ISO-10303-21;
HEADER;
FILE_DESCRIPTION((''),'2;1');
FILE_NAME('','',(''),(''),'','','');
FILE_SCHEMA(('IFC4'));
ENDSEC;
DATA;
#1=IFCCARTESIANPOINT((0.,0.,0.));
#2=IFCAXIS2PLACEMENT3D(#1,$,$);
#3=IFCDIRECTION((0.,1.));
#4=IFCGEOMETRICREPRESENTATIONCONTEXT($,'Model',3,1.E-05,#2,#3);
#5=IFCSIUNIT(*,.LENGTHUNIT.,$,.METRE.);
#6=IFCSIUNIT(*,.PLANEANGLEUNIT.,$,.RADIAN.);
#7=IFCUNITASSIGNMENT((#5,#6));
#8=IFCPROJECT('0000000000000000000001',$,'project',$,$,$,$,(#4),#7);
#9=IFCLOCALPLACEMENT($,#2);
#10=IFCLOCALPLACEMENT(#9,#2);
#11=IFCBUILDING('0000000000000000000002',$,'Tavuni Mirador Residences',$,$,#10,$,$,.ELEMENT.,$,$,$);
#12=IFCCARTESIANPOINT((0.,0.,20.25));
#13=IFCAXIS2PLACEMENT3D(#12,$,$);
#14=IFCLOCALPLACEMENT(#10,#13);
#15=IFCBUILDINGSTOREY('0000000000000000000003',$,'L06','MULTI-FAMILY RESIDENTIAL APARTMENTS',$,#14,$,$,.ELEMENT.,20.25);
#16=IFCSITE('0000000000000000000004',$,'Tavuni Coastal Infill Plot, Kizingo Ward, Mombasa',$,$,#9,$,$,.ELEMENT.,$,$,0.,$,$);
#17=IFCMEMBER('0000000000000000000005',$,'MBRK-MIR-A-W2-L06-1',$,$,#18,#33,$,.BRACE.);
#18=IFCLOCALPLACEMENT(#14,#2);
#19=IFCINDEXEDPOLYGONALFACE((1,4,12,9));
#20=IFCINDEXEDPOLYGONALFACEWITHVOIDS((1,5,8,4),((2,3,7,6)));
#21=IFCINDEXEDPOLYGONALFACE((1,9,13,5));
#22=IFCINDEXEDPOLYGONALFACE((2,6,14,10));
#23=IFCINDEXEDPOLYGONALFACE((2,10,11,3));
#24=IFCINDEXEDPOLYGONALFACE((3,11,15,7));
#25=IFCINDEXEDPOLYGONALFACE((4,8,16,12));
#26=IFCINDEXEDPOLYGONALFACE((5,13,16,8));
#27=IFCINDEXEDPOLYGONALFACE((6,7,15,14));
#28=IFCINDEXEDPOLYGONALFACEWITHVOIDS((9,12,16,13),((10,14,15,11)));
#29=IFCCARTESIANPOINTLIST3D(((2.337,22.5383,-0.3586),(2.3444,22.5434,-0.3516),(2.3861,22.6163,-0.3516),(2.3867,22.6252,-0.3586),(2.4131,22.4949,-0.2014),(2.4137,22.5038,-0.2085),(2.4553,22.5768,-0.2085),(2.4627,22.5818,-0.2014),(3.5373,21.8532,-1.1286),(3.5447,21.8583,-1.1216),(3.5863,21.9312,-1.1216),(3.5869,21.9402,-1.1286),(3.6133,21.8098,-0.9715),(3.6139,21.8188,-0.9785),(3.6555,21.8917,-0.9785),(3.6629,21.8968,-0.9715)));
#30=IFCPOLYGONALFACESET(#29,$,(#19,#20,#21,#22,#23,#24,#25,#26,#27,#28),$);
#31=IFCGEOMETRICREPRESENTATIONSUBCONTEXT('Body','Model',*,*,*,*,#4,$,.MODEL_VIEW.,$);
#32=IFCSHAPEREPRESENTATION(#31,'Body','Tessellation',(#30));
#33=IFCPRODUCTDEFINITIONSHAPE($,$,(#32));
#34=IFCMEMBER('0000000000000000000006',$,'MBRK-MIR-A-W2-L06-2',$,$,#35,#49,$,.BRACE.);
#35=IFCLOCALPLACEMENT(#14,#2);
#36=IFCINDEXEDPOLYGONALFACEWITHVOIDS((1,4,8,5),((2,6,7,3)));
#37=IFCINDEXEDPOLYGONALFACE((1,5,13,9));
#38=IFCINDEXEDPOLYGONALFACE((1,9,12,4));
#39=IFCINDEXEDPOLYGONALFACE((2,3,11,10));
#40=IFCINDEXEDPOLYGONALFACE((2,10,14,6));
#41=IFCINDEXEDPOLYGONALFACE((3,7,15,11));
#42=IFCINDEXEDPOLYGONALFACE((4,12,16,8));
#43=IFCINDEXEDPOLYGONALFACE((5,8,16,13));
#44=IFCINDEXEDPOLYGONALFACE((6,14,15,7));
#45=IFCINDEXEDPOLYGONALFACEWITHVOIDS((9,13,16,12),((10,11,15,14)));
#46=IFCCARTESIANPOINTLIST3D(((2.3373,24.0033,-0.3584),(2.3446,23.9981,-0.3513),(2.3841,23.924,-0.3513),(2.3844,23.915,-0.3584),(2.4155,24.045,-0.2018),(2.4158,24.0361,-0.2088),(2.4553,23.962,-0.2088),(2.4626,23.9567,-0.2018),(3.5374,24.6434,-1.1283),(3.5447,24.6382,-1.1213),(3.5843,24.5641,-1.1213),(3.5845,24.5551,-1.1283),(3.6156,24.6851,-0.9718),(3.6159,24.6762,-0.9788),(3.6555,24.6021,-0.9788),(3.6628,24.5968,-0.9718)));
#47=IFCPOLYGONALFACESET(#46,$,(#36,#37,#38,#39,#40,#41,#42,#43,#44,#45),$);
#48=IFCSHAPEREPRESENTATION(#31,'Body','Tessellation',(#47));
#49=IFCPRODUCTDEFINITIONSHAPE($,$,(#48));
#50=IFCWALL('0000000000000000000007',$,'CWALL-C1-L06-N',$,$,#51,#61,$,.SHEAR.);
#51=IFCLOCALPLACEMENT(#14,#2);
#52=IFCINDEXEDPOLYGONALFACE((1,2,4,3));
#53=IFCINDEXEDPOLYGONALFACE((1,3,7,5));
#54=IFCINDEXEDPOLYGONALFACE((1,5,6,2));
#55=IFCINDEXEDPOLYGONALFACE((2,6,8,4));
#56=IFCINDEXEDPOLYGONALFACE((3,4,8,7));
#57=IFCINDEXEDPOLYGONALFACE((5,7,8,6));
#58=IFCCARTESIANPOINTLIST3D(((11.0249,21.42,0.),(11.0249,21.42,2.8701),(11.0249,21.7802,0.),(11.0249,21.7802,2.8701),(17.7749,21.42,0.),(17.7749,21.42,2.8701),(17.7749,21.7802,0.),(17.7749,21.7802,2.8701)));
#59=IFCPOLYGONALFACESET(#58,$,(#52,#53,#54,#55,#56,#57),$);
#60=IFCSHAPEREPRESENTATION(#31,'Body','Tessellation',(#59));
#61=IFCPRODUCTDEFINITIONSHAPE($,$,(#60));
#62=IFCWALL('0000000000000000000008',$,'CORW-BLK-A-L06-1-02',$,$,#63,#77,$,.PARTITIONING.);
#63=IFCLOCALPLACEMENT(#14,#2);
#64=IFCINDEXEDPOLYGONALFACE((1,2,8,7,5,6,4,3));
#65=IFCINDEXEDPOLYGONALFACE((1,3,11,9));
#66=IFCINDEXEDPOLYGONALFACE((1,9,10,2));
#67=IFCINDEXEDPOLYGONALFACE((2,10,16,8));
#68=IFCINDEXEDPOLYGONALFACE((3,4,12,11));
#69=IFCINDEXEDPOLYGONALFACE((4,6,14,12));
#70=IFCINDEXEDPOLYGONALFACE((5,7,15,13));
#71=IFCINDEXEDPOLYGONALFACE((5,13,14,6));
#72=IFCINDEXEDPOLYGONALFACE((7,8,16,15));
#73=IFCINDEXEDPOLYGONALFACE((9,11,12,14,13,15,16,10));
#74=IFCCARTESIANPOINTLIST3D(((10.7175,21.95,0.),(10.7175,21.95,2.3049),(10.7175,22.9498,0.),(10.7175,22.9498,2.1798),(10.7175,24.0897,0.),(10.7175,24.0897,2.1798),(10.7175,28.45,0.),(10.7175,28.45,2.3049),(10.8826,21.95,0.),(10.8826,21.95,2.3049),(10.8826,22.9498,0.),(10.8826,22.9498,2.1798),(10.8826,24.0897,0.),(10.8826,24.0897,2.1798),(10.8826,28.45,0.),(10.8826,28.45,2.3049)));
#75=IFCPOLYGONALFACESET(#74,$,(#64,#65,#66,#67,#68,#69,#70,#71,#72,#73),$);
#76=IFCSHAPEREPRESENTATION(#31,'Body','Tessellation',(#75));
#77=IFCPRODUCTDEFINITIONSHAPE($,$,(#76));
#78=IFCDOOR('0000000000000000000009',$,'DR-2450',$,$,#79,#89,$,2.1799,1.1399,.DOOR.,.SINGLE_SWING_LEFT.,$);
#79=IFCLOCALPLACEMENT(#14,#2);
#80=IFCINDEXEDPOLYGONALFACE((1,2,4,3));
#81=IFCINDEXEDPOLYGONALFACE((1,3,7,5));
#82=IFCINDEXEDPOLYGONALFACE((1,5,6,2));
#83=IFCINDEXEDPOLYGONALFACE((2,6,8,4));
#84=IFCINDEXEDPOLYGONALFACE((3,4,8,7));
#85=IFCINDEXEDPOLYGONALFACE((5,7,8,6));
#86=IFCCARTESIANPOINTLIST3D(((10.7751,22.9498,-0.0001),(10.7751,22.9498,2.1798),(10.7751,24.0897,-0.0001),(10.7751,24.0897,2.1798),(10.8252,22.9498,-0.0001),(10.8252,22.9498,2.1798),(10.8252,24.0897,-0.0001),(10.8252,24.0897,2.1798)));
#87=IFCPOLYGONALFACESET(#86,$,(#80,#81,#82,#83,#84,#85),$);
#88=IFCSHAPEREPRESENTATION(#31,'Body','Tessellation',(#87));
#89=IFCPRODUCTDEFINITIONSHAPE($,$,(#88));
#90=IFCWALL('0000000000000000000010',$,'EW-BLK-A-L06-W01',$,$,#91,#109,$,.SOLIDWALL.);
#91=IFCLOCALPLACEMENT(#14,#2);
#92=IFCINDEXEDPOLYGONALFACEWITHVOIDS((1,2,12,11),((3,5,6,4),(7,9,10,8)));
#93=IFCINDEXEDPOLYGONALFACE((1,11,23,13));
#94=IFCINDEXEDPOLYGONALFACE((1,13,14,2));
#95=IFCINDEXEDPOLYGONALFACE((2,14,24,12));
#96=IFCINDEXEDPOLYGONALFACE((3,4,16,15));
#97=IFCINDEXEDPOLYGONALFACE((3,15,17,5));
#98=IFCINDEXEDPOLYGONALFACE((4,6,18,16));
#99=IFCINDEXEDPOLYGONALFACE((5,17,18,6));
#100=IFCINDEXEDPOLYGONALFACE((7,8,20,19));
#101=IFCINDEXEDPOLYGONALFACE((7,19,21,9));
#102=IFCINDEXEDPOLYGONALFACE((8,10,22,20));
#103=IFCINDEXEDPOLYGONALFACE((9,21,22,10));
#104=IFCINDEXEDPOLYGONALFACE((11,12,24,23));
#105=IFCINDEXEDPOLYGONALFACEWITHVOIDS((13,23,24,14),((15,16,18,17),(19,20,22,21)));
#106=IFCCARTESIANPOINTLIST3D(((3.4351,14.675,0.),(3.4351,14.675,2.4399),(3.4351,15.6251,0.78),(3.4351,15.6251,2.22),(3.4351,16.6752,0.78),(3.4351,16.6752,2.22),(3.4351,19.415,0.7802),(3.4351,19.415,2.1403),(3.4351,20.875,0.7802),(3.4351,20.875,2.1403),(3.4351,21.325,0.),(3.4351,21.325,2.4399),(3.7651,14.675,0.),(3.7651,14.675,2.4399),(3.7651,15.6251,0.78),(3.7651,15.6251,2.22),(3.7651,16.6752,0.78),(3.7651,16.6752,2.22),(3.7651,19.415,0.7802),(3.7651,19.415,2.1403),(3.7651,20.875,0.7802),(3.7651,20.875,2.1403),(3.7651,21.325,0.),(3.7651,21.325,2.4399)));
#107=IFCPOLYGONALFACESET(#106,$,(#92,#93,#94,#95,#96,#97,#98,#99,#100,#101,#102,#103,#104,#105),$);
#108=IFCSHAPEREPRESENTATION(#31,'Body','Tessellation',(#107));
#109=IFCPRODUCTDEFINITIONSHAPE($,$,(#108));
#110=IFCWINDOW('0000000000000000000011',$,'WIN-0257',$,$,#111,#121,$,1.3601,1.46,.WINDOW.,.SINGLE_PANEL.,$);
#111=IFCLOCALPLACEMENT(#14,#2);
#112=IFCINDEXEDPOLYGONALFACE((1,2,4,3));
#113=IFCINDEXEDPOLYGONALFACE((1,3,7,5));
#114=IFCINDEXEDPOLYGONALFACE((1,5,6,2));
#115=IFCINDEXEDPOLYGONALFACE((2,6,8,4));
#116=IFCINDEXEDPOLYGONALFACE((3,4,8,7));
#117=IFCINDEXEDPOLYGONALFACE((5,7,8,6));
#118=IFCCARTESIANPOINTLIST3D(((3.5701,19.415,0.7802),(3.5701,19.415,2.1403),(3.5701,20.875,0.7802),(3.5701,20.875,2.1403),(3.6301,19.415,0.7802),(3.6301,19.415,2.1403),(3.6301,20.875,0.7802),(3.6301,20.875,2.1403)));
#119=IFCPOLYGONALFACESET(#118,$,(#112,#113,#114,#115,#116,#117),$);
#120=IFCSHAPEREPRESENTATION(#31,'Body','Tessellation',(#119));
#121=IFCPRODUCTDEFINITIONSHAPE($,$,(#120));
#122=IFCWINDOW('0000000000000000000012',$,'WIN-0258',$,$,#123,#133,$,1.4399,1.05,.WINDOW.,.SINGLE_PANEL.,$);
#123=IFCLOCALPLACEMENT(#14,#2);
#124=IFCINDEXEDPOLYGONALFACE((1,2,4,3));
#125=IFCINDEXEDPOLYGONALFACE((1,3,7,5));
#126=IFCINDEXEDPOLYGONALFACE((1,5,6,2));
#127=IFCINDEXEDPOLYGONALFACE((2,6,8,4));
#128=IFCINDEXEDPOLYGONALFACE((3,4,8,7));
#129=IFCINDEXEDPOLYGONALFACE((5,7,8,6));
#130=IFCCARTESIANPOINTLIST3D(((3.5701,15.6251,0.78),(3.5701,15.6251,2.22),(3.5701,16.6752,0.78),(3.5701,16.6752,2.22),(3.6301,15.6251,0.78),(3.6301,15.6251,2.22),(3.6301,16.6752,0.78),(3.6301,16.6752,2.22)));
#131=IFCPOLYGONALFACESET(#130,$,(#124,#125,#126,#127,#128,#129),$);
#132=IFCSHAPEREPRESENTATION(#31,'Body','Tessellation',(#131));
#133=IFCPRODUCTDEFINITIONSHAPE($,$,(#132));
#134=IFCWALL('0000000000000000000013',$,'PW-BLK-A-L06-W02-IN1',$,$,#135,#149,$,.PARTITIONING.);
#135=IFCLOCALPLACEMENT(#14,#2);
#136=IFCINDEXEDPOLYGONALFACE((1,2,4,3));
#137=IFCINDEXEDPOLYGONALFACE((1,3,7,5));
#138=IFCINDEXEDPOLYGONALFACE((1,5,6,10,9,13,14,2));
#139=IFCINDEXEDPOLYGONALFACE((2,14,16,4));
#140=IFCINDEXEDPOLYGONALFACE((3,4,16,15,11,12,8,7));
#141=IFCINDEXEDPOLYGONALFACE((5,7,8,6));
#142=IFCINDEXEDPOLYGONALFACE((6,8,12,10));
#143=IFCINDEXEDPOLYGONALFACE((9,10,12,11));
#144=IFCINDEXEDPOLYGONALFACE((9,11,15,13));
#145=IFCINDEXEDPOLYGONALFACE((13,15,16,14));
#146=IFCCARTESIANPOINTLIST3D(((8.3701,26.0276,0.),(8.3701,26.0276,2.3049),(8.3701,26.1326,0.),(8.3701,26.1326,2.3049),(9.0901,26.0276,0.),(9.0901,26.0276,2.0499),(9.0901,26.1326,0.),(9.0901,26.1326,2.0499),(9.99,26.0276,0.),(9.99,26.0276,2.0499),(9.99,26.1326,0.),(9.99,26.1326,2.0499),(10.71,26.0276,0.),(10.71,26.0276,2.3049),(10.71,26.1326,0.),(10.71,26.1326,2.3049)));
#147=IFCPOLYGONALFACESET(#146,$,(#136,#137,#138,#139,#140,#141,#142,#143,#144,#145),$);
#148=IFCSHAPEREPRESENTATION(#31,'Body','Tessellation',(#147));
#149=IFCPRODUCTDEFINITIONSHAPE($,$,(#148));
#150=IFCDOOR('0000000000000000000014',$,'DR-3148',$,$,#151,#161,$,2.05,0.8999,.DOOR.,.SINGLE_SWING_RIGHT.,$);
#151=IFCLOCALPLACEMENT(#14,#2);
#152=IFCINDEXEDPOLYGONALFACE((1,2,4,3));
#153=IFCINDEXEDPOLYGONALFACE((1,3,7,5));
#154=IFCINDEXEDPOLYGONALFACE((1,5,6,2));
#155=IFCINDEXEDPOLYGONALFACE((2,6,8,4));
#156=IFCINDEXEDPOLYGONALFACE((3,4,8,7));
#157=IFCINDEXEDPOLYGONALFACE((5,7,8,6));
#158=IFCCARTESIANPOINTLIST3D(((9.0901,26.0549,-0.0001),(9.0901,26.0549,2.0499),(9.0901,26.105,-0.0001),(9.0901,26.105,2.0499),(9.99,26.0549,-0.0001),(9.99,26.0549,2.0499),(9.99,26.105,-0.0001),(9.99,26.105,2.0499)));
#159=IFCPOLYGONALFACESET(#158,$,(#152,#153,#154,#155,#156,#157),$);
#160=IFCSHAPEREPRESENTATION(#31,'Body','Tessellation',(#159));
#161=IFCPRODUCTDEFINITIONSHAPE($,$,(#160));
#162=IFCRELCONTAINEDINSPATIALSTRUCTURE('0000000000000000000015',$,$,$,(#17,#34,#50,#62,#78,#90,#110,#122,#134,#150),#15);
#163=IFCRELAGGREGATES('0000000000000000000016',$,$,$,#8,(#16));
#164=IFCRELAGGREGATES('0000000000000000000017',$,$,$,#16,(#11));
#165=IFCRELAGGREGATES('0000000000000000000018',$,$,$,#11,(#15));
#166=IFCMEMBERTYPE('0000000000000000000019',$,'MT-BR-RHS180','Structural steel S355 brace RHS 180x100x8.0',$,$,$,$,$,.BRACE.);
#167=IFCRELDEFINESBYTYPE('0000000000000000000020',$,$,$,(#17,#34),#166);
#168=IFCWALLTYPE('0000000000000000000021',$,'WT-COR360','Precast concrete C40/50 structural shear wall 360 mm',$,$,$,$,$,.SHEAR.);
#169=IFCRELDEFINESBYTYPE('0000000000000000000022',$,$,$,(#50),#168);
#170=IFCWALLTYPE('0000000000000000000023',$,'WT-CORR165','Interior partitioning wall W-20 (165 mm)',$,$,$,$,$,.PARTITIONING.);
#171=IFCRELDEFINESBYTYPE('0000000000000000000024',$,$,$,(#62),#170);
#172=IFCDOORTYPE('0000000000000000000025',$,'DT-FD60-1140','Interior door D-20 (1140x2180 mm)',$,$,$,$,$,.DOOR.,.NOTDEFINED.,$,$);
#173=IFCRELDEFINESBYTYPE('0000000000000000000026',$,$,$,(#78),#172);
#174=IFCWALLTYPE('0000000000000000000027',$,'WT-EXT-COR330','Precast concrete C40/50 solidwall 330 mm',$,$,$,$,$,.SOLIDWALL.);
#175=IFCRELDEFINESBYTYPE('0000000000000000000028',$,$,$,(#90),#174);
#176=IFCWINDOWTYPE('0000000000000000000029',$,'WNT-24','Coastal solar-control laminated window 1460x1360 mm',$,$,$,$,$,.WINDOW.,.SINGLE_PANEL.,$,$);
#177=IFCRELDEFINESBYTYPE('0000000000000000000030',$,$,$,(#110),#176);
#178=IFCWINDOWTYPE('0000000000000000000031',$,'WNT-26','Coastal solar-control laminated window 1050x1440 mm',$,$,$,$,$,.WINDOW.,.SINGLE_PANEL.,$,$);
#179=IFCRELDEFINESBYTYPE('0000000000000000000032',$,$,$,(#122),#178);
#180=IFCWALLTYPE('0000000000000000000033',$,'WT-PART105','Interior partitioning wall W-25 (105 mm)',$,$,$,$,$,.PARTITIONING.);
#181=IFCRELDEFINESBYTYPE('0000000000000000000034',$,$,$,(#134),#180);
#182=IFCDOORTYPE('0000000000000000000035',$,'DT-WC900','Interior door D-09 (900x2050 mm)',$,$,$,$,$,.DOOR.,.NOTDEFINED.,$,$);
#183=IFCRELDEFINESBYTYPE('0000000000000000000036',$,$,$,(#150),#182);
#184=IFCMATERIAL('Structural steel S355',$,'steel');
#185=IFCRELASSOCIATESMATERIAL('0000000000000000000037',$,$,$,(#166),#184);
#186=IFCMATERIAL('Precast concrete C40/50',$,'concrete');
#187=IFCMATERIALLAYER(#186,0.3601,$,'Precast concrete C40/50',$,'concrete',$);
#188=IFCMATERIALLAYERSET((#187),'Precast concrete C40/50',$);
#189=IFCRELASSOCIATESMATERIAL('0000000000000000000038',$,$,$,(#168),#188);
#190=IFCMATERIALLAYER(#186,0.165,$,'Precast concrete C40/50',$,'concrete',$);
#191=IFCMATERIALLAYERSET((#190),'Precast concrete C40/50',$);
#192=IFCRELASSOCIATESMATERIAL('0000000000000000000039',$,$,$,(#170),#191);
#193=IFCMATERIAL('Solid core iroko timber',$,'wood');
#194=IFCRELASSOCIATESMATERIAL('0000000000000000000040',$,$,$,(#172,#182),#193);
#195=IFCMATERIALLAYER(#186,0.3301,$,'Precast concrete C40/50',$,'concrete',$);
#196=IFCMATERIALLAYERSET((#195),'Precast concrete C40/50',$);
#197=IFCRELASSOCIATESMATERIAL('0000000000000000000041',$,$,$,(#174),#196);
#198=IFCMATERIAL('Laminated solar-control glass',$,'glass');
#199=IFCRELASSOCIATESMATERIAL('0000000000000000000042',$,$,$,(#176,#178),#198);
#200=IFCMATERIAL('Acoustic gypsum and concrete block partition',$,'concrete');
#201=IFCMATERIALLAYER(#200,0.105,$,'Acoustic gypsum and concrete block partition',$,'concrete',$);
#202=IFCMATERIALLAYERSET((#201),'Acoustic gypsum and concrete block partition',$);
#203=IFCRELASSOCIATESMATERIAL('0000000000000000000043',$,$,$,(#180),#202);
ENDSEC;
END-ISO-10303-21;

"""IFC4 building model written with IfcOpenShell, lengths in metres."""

from ifc_helpers import new_model, si_unit, direction, frame, frame_2d, origin, origin_2d, place, context, subcontext, project, spatial, rectangle, hollow_rectangle, extrude, material, layer, layer_set, material_profile, profile_set, type_object, element, fill, save


model = new_model("IFC4")

# Units and contexts
model_context = context("Model", 3, precision=1e-05, world=origin(), true_north=direction((0.0, 1.0)))
body_context = subcontext(model_context, "Body", "Model", "MODEL_VIEW")
ifc_project = project(units=[si_unit("LENGTHUNIT", "METRE"), si_unit("PLANEANGLEUNIT", "RADIAN")], contexts=[model_context])

# Site, building, storey
site_placement = place(None, origin())
site = spatial("IfcSite", under=ifc_project, at=site_placement, Name="Tavuni Coastal Infill Plot, Kizingo Ward, Mombasa", CompositionType="ELEMENT", RefElevation=0.0)
building_placement = place(site_placement, origin())
building = spatial("IfcBuilding", under=site, at=building_placement, Name="Tavuni Mirador Residences", CompositionType="ELEMENT")
storey_placement = place(building_placement, frame((0.0, 0.0, 20.25)))
storey = spatial("IfcBuildingStorey", under=building, at=storey_placement, Name="L06", Description="MULTI-FAMILY RESIDENTIAL APARTMENTS", CompositionType="ELEMENT", Elevation=20.25)

# Shared definitions
ifc_material_1 = material(Name="Precast concrete C40/50", Category="concrete")

# Members
ifc_material_2 = material(Name="Structural steel S355", Category="steel")
ifc_material_profile_1 = material_profile(ifc_material_2, hollow_rectangle(XDim=0.1001, YDim=0.1799, WallThickness=0.0081, at=origin_2d()), Name="RHS 180x100x8.0", Category="steel")
ifc_profile_set_1 = profile_set([ifc_material_profile_1], Name="Structural steel S355")
member_type_1 = type_object("IfcMemberType", Name="MT-BR-RHS180", Description="Structural steel S355 brace RHS 180x100x8.0", PredefinedType="BRACE", material=ifc_profile_set_1)
member_1_placement = place(storey_placement, frame((3.6001, 21.875, -1.05), z_axis=(-0.75866, 0.433035, 0.48674), x_axis=(-0.49572, -0.868482, 0.0)))
element("IfcMember", 1, at=member_1_placement, inside=storey, type_object=member_type_1, Name="MBRK-MIR-A-W2-L06-1", PredefinedType="BRACE", context=body_context, shape_type="SweptSolid", body=[
    extrude(hollow_rectangle(XDim=0.1001, YDim=0.1799, WallThickness=0.0081, at=origin_2d()), origin(), (0.0, 0.0, 1.0), 1.582),
])
member_2_placement = place(storey_placement, frame((3.6001, 24.6201, -1.05), z_axis=(-0.767847, -0.409539, 0.492634), x_axis=(0.470607, -0.882343, 0.0)))
element("IfcMember", 2, at=member_2_placement, inside=storey, type_object=member_type_1, Name="MBRK-MIR-A-W2-L06-2", PredefinedType="BRACE", context=body_context, shape_type="SweptSolid", body=[
    extrude(hollow_rectangle(XDim=0.1001, YDim=0.1799, WallThickness=0.0081, at=origin_2d()), origin(), (0.0, 0.0, 1.0), 1.563),
])

# Wall
ifc_layer_1 = layer(ifc_material_1, 0.3601, Name="Precast concrete C40/50", Category="concrete")
ifc_layer_set_1 = layer_set([ifc_layer_1], Name="Precast concrete C40/50")
wall_type_1 = type_object("IfcWallType", Name="WT-COR360", Description="Precast concrete C40/50 structural shear wall 360 mm", PredefinedType="SHEAR", material=ifc_layer_set_1)
wall_1_placement = place(storey_placement, frame((11.0249, 21.6001, 0.0), z_axis=(0.0, 0.0, 1.0), x_axis=(1.0, 0.0, 0.0)))
element("IfcWall", 3, at=wall_1_placement, inside=storey, type_object=wall_type_1, Name="CWALL-C1-L06-N", PredefinedType="SHEAR", context=body_context, shape_type="SweptSolid", body=[
    extrude(rectangle(XDim=6.75, YDim=0.3601, at=frame_2d((3.375, 0.0))), origin(), (0.0, 0.0, 1.0), 2.8701),
])

# Wall, opening, door
ifc_layer_2 = layer(ifc_material_1, 0.165, Name="Precast concrete C40/50", Category="concrete")
ifc_layer_set_2 = layer_set([ifc_layer_2], Name="Precast concrete C40/50")
wall_type_2 = type_object("IfcWallType", Name="WT-CORR165", Description="Interior partitioning wall W-20 (165 mm)", PredefinedType="PARTITIONING", material=ifc_layer_set_2)
wall_2_placement = place(storey_placement, frame((10.8, 21.95, 0.0), z_axis=(0.0, 0.0, 1.0), x_axis=(0.0, 1.0, 0.0)))
wall_2 = element("IfcWall", 4, at=wall_2_placement, inside=storey, type_object=wall_type_2, Name="CORW-BLK-A-L06-1-02", PredefinedType="PARTITIONING", context=body_context, shape_type="SweptSolid", body=[
    extrude(rectangle(XDim=6.5, YDim=0.165, at=frame_2d((3.25, 0.0))), origin(), (0.0, 0.0, 1.0), 2.3049),
])
opening_1_placement = place(wall_2_placement, frame((1.0, 0.0, 0.0)))
opening_1 = element("IfcOpeningElement", 5, at=opening_1_placement, cuts=wall_2, PredefinedType="OPENING", context=body_context, shape_type="SweptSolid", body=[
    extrude(rectangle(XDim=1.1399, YDim=2.1799, at=frame_2d((0.5698, 1.0898))), frame((0.0, 0.0925, 0.0), z_axis=(0.0, -1.0, 0.0), x_axis=(1.0, 0.0, 0.0)), (0.0, 0.0, 1.0), 0.1851),
])
ifc_material_3 = material(Name="Solid core iroko timber", Category="wood")
door_type_1 = type_object("IfcDoorType", Name="DT-FD60-1140", Description="Interior door D-20 (1140x2180 mm)", OperationType="NOTDEFINED", PredefinedType="DOOR", material=ifc_material_3)
door_1_placement = place(opening_1_placement, origin())
door_1 = element("IfcDoor", 6, at=door_1_placement, inside=storey, type_object=door_type_1, Name="DR-2450", OperationType="SINGLE_SWING_LEFT", OverallHeight=2.1799, OverallWidth=1.1399, PredefinedType="DOOR", context=body_context, shape_type="SweptSolid", body=[
    extrude(rectangle(XDim=1.1399, YDim=2.1799, at=frame_2d((0.5698, 1.0898))), frame((0.0, 0.0249, 0.0), z_axis=(0.0, -1.0, 0.0), x_axis=(1.0, 0.0, 0.0)), (0.0, 0.0, 1.0), 0.05),
])
fill(opening_1, door_1)

# Wall, openings, windows
ifc_layer_3 = layer(ifc_material_1, 0.3301, Name="Precast concrete C40/50", Category="concrete")
ifc_layer_set_3 = layer_set([ifc_layer_3], Name="Precast concrete C40/50")
wall_type_3 = type_object("IfcWallType", Name="WT-EXT-COR330", Description="Precast concrete C40/50 solidwall 330 mm", PredefinedType="SOLIDWALL", material=ifc_layer_set_3)
wall_3_placement = place(storey_placement, frame((3.6001, 21.325, 0.0), z_axis=(0.0, 0.0, 1.0), x_axis=(0.0, -1.0, 0.0)))
wall_3 = element("IfcWall", 7, at=wall_3_placement, inside=storey, type_object=wall_type_3, Name="EW-BLK-A-L06-W01", PredefinedType="SOLIDWALL", context=body_context, shape_type="SweptSolid", body=[
    extrude(rectangle(XDim=6.6499, YDim=0.3301, at=frame_2d((3.325, 0.0))), origin(), (0.0, 0.0, 1.0), 2.4399),
])
opening_2_placement = place(wall_3_placement, frame((0.45, 0.0, 0.78)))
opening_2 = element("IfcOpeningElement", 8, at=opening_2_placement, cuts=wall_3, PredefinedType="OPENING", context=body_context, shape_type="SweptSolid", body=[
    extrude(rectangle(XDim=1.46, YDim=1.3601, at=frame_2d((0.73, 0.6802))), frame((0.0, 0.175, 0.0), z_axis=(0.0, -1.0, 0.0), x_axis=(1.0, 0.0, 0.0)), (0.0, 0.0, 1.0), 0.3501),
])
opening_3_placement = place(wall_3_placement, frame((4.6499, 0.0, 0.78)))
opening_3 = element("IfcOpeningElement", 9, at=opening_3_placement, cuts=wall_3, PredefinedType="OPENING", context=body_context, shape_type="SweptSolid", body=[
    extrude(rectangle(XDim=1.05, YDim=1.4399, at=frame_2d((0.5249, 0.72))), frame((0.0, 0.175, 0.0), z_axis=(0.0, -1.0, 0.0), x_axis=(1.0, 0.0, 0.0)), (0.0, 0.0, 1.0), 0.3501),
])
ifc_material_4 = material(Name="Laminated solar-control glass", Category="glass")
window_type_1 = type_object("IfcWindowType", Name="WNT-24", Description="Coastal solar-control laminated window 1460x1360 mm", PartitioningType="SINGLE_PANEL", PredefinedType="WINDOW", material=ifc_material_4)
window_1_placement = place(opening_2_placement, origin())
window_1 = element("IfcWindow", 10, at=window_1_placement, inside=storey, type_object=window_type_1, Name="WIN-0257", OverallHeight=1.3601, OverallWidth=1.46, PartitioningType="SINGLE_PANEL", PredefinedType="WINDOW", context=body_context, shape_type="SweptSolid", body=[
    extrude(rectangle(XDim=1.46, YDim=1.3601, at=frame_2d((0.73, 0.6802))), frame((0.0, 0.03, 0.0), z_axis=(0.0, -1.0, 0.0), x_axis=(1.0, 0.0, 0.0)), (0.0, 0.0, 1.0), 0.0601),
])
fill(opening_2, window_1)
window_type_2 = type_object("IfcWindowType", Name="WNT-26", Description="Coastal solar-control laminated window 1050x1440 mm", PartitioningType="SINGLE_PANEL", PredefinedType="WINDOW", material=ifc_material_4)
window_2_placement = place(opening_3_placement, origin())
window_2 = element("IfcWindow", 11, at=window_2_placement, inside=storey, type_object=window_type_2, Name="WIN-0258", OverallHeight=1.4399, OverallWidth=1.05, PartitioningType="SINGLE_PANEL", PredefinedType="WINDOW", context=body_context, shape_type="SweptSolid", body=[
    extrude(rectangle(XDim=1.05, YDim=1.4399, at=frame_2d((0.5249, 0.72))), frame((0.0, 0.03, 0.0), z_axis=(0.0, -1.0, 0.0), x_axis=(1.0, 0.0, 0.0)), (0.0, 0.0, 1.0), 0.0601),
])
fill(opening_3, window_2)

# Wall, opening, door
ifc_material_5 = material(Name="Acoustic gypsum and concrete block partition", Category="concrete")
ifc_layer_4 = layer(ifc_material_5, 0.105, Name="Acoustic gypsum and concrete block partition", Category="concrete")
ifc_layer_set_4 = layer_set([ifc_layer_4], Name="Acoustic gypsum and concrete block partition")
wall_type_4 = type_object("IfcWallType", Name="WT-PART105", Description="Interior partitioning wall W-25 (105 mm)", PredefinedType="PARTITIONING", material=ifc_layer_set_4)
wall_4_placement = place(storey_placement, frame((8.3701, 26.0801, 0.0), z_axis=(0.0, 0.0, 1.0), x_axis=(1.0, 0.0, 0.0)))
wall_4 = element("IfcWall", 12, at=wall_4_placement, inside=storey, type_object=wall_type_4, Name="PW-BLK-A-L06-W02-IN1", PredefinedType="PARTITIONING", context=body_context, shape_type="SweptSolid", body=[
    extrude(rectangle(XDim=2.3398, YDim=0.105, at=frame_2d((1.1699, 0.0))), origin(), (0.0, 0.0, 1.0), 2.3049),
])
opening_4_placement = place(wall_4_placement, frame((0.72, 0.0, 0.0)))
opening_4 = element("IfcOpeningElement", 13, at=opening_4_placement, cuts=wall_4, PredefinedType="OPENING", context=body_context, shape_type="SweptSolid", body=[
    extrude(rectangle(XDim=0.8999, YDim=2.05, at=frame_2d((0.45, 1.0249))), frame((0.0, 0.0625, 0.0), z_axis=(0.0, -1.0, 0.0), x_axis=(1.0, 0.0, 0.0)), (0.0, 0.0, 1.0), 0.125),
])
door_type_2 = type_object("IfcDoorType", Name="DT-WC900", Description="Interior door D-09 (900x2050 mm)", OperationType="NOTDEFINED", PredefinedType="DOOR", material=ifc_material_3)
door_2_placement = place(opening_4_placement, origin())
door_2 = element("IfcDoor", 14, at=door_2_placement, inside=storey, type_object=door_type_2, Name="DR-3148", OperationType="SINGLE_SWING_RIGHT", OverallHeight=2.05, OverallWidth=0.8999, PredefinedType="DOOR", context=body_context, shape_type="SweptSolid", body=[
    extrude(rectangle(XDim=0.8999, YDim=2.05, at=frame_2d((0.45, 1.0249))), frame((0.0, 0.0249, 0.0), z_axis=(0.0, -1.0, 0.0), x_axis=(1.0, 0.0, 0.0)), (0.0, 0.0, 1.0), 0.05),
])
fill(opening_4, door_2)

save(model, "model.ifc")
